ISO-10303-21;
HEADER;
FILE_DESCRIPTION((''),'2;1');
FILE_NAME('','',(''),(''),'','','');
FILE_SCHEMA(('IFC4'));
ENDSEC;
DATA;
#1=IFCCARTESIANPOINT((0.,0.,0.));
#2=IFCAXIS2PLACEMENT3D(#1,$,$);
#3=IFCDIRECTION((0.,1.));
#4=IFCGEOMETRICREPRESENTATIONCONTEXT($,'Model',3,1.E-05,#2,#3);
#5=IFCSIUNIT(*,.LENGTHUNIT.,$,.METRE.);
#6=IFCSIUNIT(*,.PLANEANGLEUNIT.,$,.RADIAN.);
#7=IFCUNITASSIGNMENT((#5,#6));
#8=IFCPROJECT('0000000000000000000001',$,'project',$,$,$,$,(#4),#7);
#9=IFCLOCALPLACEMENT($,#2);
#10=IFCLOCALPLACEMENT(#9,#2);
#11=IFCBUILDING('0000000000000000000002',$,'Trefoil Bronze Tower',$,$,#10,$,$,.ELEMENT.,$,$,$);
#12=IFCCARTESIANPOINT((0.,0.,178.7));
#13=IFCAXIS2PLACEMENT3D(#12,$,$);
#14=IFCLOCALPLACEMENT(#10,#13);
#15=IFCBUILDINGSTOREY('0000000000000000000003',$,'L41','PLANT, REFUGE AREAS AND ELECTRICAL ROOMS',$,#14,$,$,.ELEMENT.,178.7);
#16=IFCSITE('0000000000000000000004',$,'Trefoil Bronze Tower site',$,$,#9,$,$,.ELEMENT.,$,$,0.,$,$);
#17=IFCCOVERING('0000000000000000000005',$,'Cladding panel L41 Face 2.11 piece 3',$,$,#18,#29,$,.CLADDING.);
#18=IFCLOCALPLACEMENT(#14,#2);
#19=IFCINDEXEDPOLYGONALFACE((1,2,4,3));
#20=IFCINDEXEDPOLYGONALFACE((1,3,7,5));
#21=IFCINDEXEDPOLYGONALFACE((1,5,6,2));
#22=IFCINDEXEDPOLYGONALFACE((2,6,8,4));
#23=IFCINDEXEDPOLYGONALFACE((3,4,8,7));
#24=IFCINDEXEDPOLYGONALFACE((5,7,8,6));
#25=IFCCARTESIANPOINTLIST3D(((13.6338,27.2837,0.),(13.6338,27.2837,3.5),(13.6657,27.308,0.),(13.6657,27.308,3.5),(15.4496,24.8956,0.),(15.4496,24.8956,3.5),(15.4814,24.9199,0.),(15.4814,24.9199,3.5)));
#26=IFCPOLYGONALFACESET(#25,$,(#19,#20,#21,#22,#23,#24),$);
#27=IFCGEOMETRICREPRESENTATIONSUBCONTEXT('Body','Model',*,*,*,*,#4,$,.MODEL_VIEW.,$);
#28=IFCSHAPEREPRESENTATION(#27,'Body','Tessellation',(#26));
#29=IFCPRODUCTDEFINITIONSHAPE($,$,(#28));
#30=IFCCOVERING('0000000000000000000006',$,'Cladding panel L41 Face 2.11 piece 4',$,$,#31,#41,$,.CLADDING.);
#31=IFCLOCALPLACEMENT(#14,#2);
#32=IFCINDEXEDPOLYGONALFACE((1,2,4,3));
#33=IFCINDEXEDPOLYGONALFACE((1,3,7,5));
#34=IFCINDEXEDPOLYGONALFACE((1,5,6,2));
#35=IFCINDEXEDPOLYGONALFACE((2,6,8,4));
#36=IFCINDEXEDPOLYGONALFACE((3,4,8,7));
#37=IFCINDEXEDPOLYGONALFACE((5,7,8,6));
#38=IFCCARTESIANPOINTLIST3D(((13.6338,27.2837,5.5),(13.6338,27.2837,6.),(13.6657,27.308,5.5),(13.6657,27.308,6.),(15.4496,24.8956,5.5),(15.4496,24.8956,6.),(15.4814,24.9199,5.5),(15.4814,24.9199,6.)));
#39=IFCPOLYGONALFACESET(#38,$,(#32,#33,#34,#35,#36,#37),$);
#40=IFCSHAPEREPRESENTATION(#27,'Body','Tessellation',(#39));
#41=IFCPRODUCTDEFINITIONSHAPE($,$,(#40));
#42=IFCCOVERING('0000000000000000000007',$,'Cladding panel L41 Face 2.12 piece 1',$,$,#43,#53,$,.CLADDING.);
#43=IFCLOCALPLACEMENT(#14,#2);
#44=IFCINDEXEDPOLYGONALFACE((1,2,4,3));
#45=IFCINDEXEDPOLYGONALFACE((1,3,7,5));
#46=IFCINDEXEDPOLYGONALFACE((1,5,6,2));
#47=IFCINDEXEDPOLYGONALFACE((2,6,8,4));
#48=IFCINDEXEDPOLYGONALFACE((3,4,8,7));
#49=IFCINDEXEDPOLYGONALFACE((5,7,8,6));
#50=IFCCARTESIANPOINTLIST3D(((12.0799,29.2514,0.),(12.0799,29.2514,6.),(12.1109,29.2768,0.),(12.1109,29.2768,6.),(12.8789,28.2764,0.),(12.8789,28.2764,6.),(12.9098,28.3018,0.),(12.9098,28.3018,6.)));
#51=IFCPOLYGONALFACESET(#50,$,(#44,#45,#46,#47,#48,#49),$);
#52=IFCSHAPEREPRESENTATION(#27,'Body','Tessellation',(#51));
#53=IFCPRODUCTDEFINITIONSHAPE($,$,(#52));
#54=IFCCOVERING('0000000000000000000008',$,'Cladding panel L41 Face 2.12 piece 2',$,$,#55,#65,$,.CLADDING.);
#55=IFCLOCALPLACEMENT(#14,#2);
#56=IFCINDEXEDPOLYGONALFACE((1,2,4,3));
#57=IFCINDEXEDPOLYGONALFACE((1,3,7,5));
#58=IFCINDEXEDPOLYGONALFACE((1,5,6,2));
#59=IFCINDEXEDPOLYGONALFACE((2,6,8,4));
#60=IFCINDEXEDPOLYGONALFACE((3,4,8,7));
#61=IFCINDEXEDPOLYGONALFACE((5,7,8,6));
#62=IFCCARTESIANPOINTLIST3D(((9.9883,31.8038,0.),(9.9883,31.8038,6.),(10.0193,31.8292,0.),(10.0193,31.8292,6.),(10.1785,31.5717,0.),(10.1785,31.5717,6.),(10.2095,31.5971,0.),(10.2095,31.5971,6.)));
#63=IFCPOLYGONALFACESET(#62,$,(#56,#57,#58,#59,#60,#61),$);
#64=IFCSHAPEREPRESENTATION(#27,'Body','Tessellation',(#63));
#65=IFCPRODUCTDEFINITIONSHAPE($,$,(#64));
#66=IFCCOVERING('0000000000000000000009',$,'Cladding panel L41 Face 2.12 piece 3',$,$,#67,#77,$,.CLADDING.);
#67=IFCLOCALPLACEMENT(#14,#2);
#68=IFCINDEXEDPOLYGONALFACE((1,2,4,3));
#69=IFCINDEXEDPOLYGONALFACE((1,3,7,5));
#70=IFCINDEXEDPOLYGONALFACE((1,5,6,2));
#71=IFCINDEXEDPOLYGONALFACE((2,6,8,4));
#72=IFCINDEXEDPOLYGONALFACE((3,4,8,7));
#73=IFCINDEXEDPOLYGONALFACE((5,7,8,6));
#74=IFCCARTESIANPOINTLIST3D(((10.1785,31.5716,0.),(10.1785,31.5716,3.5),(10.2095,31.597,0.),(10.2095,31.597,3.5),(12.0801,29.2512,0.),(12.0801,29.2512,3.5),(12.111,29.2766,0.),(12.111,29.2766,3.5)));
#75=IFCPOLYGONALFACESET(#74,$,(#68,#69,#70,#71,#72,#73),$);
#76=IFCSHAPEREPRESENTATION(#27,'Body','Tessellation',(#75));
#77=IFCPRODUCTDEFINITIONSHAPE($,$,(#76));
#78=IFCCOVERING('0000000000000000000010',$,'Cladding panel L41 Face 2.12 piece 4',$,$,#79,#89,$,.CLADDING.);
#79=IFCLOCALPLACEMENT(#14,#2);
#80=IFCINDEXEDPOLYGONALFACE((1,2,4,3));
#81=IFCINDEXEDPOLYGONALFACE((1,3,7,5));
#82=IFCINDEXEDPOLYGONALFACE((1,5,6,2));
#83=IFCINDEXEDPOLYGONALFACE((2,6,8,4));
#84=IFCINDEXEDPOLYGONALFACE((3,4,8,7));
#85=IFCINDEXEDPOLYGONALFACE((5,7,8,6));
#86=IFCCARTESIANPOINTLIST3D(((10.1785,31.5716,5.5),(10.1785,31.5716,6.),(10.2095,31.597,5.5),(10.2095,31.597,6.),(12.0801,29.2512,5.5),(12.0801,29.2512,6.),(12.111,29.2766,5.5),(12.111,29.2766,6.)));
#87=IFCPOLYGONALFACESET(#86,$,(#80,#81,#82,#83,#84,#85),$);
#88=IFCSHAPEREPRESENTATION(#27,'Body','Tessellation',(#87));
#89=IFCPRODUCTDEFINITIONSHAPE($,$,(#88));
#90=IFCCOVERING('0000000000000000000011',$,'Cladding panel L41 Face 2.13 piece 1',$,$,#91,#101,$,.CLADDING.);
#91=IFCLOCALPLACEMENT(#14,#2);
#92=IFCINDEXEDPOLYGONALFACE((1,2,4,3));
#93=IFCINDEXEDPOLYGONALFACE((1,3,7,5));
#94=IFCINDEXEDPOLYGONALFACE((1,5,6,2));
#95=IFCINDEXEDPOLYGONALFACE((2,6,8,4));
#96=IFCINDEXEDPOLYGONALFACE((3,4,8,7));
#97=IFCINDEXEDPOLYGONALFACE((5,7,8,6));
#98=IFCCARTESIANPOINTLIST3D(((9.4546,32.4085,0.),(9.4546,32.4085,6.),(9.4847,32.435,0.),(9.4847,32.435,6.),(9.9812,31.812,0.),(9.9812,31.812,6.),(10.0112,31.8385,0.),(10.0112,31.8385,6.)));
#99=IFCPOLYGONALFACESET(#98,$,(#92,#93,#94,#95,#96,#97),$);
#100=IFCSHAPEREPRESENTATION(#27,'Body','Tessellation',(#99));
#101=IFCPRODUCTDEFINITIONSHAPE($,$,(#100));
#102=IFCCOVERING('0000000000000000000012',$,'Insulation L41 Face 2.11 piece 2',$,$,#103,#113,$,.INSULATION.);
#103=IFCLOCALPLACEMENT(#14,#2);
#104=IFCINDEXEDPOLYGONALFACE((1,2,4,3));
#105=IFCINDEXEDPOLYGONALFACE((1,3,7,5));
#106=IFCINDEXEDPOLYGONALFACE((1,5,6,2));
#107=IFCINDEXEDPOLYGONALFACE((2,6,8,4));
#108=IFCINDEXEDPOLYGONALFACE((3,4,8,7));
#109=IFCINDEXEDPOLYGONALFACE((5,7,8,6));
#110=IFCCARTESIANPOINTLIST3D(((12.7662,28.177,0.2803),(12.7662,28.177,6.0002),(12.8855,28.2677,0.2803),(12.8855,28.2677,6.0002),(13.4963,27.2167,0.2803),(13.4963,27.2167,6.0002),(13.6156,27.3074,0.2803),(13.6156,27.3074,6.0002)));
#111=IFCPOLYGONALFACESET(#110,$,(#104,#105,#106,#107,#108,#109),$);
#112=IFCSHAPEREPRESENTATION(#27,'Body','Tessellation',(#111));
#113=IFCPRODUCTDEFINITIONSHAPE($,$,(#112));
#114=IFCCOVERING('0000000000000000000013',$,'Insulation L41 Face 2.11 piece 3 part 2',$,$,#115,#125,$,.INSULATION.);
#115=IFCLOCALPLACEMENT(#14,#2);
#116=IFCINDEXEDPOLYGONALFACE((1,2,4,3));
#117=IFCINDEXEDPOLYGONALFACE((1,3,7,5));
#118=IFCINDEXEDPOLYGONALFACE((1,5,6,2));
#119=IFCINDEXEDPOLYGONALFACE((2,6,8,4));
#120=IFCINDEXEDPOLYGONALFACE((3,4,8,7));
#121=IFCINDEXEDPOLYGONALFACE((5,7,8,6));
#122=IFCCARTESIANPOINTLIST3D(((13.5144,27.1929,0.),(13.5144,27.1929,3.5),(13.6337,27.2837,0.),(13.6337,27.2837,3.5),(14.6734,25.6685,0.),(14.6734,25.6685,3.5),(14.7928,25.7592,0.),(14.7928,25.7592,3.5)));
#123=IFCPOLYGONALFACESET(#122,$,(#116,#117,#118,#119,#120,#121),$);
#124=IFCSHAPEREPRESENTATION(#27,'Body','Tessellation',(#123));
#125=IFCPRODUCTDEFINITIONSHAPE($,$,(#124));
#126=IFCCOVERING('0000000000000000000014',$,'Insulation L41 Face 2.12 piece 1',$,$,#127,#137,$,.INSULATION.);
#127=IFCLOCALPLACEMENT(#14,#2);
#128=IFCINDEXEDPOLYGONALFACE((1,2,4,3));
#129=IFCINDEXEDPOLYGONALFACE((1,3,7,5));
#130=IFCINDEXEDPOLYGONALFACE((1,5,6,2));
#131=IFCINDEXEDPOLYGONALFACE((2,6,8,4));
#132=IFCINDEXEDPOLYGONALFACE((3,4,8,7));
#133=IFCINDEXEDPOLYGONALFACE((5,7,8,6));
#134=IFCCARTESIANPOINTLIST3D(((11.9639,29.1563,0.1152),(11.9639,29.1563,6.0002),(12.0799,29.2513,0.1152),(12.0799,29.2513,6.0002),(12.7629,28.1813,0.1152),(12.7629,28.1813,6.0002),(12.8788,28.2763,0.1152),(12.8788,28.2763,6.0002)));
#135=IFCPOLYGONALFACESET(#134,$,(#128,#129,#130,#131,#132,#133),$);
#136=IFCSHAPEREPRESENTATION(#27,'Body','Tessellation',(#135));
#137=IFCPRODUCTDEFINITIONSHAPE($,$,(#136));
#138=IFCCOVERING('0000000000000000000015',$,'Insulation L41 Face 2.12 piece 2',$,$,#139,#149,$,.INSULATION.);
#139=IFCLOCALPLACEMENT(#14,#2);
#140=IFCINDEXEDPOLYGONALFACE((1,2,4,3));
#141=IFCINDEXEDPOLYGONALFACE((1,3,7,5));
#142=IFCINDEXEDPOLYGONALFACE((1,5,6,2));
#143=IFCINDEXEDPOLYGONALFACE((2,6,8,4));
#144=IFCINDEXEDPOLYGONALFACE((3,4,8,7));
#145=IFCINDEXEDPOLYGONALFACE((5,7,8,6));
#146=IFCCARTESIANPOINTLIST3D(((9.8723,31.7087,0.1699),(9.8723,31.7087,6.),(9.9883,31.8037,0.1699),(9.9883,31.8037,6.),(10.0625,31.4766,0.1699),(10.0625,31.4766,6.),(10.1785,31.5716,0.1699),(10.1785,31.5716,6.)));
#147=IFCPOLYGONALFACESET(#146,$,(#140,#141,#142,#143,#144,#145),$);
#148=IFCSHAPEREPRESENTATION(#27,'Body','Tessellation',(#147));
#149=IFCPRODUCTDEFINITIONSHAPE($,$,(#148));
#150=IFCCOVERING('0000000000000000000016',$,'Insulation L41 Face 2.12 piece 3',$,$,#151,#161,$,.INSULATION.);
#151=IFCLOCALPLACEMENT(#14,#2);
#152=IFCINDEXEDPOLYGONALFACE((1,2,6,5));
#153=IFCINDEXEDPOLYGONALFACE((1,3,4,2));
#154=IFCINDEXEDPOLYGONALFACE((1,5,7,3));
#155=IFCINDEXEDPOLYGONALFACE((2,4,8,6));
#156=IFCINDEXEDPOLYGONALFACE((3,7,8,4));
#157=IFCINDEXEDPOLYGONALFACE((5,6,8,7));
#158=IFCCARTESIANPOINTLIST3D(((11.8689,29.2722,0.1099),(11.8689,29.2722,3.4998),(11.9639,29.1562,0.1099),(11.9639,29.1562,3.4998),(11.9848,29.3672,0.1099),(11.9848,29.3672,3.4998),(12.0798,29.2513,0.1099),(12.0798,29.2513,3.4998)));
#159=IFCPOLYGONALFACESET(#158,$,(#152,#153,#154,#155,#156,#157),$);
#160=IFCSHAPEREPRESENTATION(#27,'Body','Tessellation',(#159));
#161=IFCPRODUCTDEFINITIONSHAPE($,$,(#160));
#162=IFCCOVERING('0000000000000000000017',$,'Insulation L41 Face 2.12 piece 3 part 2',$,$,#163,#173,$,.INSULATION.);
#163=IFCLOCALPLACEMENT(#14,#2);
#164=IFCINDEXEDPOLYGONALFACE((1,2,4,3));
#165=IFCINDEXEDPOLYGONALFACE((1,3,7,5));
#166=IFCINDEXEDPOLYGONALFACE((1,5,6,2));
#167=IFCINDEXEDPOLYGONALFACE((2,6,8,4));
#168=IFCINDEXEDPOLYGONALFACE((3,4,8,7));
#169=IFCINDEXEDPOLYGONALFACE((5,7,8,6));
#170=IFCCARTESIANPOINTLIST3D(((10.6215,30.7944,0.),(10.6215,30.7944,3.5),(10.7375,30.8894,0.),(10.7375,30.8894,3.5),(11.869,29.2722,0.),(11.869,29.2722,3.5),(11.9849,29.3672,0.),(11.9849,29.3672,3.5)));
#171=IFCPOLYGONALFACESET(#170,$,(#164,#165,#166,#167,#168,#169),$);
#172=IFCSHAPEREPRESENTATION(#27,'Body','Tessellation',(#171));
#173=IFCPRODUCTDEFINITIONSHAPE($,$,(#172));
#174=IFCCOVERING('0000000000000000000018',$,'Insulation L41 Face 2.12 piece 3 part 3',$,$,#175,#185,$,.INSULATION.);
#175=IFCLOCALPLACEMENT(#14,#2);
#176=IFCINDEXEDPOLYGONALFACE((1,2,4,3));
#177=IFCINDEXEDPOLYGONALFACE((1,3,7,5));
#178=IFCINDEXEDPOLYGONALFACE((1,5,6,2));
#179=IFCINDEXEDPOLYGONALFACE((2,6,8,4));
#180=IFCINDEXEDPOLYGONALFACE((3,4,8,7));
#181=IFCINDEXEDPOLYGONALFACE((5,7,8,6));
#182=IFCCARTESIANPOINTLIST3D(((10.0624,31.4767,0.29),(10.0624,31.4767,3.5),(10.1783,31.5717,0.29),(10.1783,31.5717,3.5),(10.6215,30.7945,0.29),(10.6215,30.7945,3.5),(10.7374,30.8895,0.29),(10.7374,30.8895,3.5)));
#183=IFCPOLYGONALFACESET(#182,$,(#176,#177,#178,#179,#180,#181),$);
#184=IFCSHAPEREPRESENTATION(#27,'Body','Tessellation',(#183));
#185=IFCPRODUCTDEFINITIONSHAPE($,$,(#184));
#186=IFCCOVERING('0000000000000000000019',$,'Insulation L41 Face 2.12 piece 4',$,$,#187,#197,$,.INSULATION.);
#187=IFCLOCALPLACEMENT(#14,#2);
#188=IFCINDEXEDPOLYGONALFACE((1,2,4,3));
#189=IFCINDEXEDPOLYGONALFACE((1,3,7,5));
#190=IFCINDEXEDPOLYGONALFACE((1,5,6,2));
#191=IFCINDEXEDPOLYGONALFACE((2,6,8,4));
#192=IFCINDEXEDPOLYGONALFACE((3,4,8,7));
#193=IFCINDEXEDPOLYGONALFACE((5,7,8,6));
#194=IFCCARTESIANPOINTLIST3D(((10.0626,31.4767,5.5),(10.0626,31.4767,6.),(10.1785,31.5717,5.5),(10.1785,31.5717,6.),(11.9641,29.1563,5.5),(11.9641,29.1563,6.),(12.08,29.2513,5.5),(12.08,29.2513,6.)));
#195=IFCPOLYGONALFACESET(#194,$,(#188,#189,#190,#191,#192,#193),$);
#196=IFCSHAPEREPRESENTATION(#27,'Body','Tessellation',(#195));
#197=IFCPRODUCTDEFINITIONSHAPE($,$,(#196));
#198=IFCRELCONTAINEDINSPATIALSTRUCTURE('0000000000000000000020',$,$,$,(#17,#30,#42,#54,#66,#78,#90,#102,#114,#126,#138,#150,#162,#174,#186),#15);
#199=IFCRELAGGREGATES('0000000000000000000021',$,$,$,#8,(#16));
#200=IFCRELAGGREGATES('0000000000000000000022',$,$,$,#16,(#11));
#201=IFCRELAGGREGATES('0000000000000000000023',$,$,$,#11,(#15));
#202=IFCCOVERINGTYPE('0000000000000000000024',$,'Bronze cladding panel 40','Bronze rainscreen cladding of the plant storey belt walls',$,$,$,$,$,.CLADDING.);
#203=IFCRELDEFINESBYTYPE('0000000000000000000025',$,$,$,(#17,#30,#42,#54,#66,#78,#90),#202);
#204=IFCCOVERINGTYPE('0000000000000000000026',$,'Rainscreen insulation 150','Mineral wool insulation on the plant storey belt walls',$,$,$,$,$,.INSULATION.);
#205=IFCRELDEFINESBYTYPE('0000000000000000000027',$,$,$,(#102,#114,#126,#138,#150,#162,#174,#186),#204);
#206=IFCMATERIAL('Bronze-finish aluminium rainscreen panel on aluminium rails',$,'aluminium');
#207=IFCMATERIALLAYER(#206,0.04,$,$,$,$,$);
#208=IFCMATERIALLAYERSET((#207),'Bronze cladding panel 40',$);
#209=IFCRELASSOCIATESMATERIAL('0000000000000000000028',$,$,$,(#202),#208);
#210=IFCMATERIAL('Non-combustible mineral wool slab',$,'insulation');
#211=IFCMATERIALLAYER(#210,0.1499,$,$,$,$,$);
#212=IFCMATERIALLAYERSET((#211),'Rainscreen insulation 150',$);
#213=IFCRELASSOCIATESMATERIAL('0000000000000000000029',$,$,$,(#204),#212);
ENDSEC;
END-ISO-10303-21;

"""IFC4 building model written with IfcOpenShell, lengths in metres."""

from ifc_helpers import new_model, si_unit, direction, frame, origin, origin_2d, place, context, subcontext, project, spatial, rectangle, extrude, material, layer, layer_set, type_object, element, save


model = new_model("IFC4")

# Units and contexts
model_context = context("Model", 3, precision=1e-05, world=origin(), true_north=direction((0.0, 1.0)))
body_context = subcontext(model_context, "Body", "Model", "MODEL_VIEW")
ifc_project = project(units=[si_unit("LENGTHUNIT", "METRE"), si_unit("PLANEANGLEUNIT", "RADIAN")], contexts=[model_context])

# Site, building, storey
site_placement = place(None, origin())
site = spatial("IfcSite", under=ifc_project, at=site_placement, Name="Trefoil Bronze Tower site", CompositionType="ELEMENT", RefElevation=0.0)
building_placement = place(site_placement, origin())
building = spatial("IfcBuilding", under=site, at=building_placement, Name="Trefoil Bronze Tower", CompositionType="ELEMENT")
storey_placement = place(building_placement, frame((0.0, 0.0, 178.7)))
storey = spatial("IfcBuildingStorey", under=building, at=storey_placement, Name="L41", Description="PLANT, REFUGE AREAS AND ELECTRICAL ROOMS", CompositionType="ELEMENT", Elevation=178.7)

# Coverings
ifc_material_1 = material(Name="Bronze-finish aluminium rainscreen panel on aluminium rails", Category="aluminium")
ifc_layer_1 = layer(ifc_material_1, 0.04)
ifc_layer_set_1 = layer_set([ifc_layer_1], Name="Bronze cladding panel 40")
covering_type_1 = type_object("IfcCoveringType", Name="Bronze cladding panel 40", Description="Bronze rainscreen cladding of the plant storey belt walls", PredefinedType="CLADDING", material=ifc_layer_set_1)
covering_1_placement = place(storey_placement, frame((14.5576, 26.1018, 0.0), z_axis=(0.0, 0.0, 1.0), x_axis=(-0.605252, 0.796034, 0.0)))
element("IfcCovering", 1, at=covering_1_placement, inside=storey, type_object=covering_type_1, Name="Cladding panel L41 Face 2.11 piece 3", PredefinedType="CLADDING", context=body_context, shape_type="SweptSolid", body=[
    extrude(rectangle(XDim=3.0, YDim=0.04, at=origin_2d()), origin(), (0.0, 0.0, 1.0), 3.5),
])
covering_2_placement = place(storey_placement, frame((14.5576, 26.1018, 5.5), z_axis=(0.0, 0.0, 1.0), x_axis=(-0.605252, 0.796034, 0.0)))
element("IfcCovering", 2, at=covering_2_placement, inside=storey, type_object=covering_type_1, Name="Cladding panel L41 Face 2.11 piece 4", PredefinedType="CLADDING", context=body_context, shape_type="SweptSolid", body=[
    extrude(rectangle(XDim=3.0, YDim=0.04, at=origin_2d()), origin(), (0.0, 0.0, 1.0), 0.5),
])
covering_3_placement = place(storey_placement, frame((12.4949, 28.7766, 0.0), z_axis=(0.0, 0.0, 1.0), x_axis=(-0.63384, 0.773464, 0.0)))
element("IfcCovering", 3, at=covering_3_placement, inside=storey, type_object=covering_type_1, Name="Cladding panel L41 Face 2.12 piece 1", PredefinedType="CLADDING", context=body_context, shape_type="SweptSolid", body=[
    extrude(rectangle(XDim=1.2605, YDim=0.04, at=origin_2d()), origin(), (0.0, 0.0, 1.0), 6.0),
])
covering_4_placement = place(storey_placement, frame((10.0989, 31.7004, 0.0), z_axis=(0.0, 0.0, 1.0), x_axis=(-0.63384, 0.773464, 0.0)))
element("IfcCovering", 4, at=covering_4_placement, inside=storey, type_object=covering_type_1, Name="Cladding panel L41 Face 2.12 piece 2", PredefinedType="CLADDING", context=body_context, shape_type="SweptSolid", body=[
    extrude(rectangle(XDim=0.3, YDim=0.04, at=origin_2d()), origin(), (0.0, 0.0, 1.0), 6.0),
])
covering_5_placement = place(storey_placement, frame((11.1448, 30.4241, 0.0), z_axis=(0.0, 0.0, 1.0), x_axis=(-0.63384, 0.773464, 0.0)))
element("IfcCovering", 5, at=covering_5_placement, inside=storey, type_object=covering_type_1, Name="Cladding panel L41 Face 2.12 piece 3", PredefinedType="CLADDING", context=body_context, shape_type="SweptSolid", body=[
    extrude(rectangle(XDim=3.0, YDim=0.04, at=origin_2d()), origin(), (0.0, 0.0, 1.0), 3.5),
])
covering_6_placement = place(storey_placement, frame((11.1448, 30.4241, 5.5), z_axis=(0.0, 0.0, 1.0), x_axis=(-0.63384, 0.773464, 0.0)))
element("IfcCovering", 6, at=covering_6_placement, inside=storey, type_object=covering_type_1, Name="Cladding panel L41 Face 2.12 piece 4", PredefinedType="CLADDING", context=body_context, shape_type="SweptSolid", body=[
    extrude(rectangle(XDim=3.0, YDim=0.04, at=origin_2d()), origin(), (0.0, 0.0, 1.0), 0.5),
])
covering_7_placement = place(storey_placement, frame((9.7329, 32.1235, 0.0), z_axis=(0.0, 0.0, 1.0), x_axis=(-0.661751, 0.749723, 0.0)))
element("IfcCovering", 7, at=covering_7_placement, inside=storey, type_object=covering_type_1, Name="Cladding panel L41 Face 2.13 piece 1", PredefinedType="CLADDING", context=body_context, shape_type="SweptSolid", body=[
    extrude(rectangle(XDim=0.7957, YDim=0.04, at=origin_2d()), origin(), (0.0, 0.0, 1.0), 6.0),
])
ifc_material_2 = material(Name="Non-combustible mineral wool slab", Category="insulation")
ifc_layer_2 = layer(ifc_material_2, 0.1499)
ifc_layer_set_2 = layer_set([ifc_layer_2], Name="Rainscreen insulation 150")
covering_type_2 = type_object("IfcCoveringType", Name="Rainscreen insulation 150", Description="Mineral wool insulation on the plant storey belt walls", PredefinedType="INSULATION", material=ifc_layer_set_2)
covering_8_placement = place(storey_placement, frame((13.1909, 27.7422, 0.2803), z_axis=(0.0, 0.0, 1.0), x_axis=(-0.605252, 0.796034, 0.0)))
element("IfcCovering", 8, at=covering_8_placement, inside=storey, type_object=covering_type_2, Name="Insulation L41 Face 2.11 piece 2", PredefinedType="INSULATION", context=body_context, shape_type="SweptSolid", body=[
    extrude(rectangle(XDim=1.2063, YDim=0.1499, at=origin_2d()), origin(), (0.0, 0.0, 1.0), 5.72),
])
covering_9_placement = place(storey_placement, frame((14.1536, 26.4761, 0.0), z_axis=(0.0, 0.0, 1.0), x_axis=(-0.605252, 0.796034, 0.0)))
element("IfcCovering", 9, at=covering_9_placement, inside=storey, type_object=covering_type_2, Name="Insulation L41 Face 2.11 piece 3 part 2", PredefinedType="INSULATION", context=body_context, shape_type="SweptSolid", body=[
    extrude(rectangle(XDim=1.915, YDim=0.1499, at=origin_2d()), origin(), (0.0, 0.0, 1.0), 3.5),
])
covering_10_placement = place(storey_placement, frame((12.4214, 28.7163, 0.1152), z_axis=(0.0, 0.0, 1.0), x_axis=(-0.63384, 0.773464, 0.0)))
element("IfcCovering", 10, at=covering_10_placement, inside=storey, type_object=covering_type_2, Name="Insulation L41 Face 2.12 piece 1", PredefinedType="INSULATION", context=body_context, shape_type="SweptSolid", body=[
    extrude(rectangle(XDim=1.2605, YDim=0.1499, at=origin_2d()), origin(), (0.0, 0.0, 1.0), 5.885),
])
covering_11_placement = place(storey_placement, frame((10.0254, 31.6401, 0.1699), z_axis=(0.0, 0.0, 1.0), x_axis=(-0.63384, 0.773464, 0.0)))
element("IfcCovering", 11, at=covering_11_placement, inside=storey, type_object=covering_type_2, Name="Insulation L41 Face 2.12 piece 2", PredefinedType="INSULATION", context=body_context, shape_type="SweptSolid", body=[
    extrude(rectangle(XDim=0.3, YDim=0.1499, at=origin_2d()), origin(), (0.0, 0.0, 1.0), 5.8301),
])
covering_12_placement = place(storey_placement, frame((11.9744, 29.2617, 0.1099), z_axis=(0.0, 0.0, 1.0), x_axis=(-0.63384, 0.773464, 0.0)))
element("IfcCovering", 12, at=covering_12_placement, inside=storey, type_object=covering_type_2, Name="Insulation L41 Face 2.12 piece 3", PredefinedType="INSULATION", context=body_context, shape_type="SweptSolid", body=[
    extrude(rectangle(XDim=0.1499, YDim=0.1499, at=origin_2d()), origin(), (0.0, 0.0, 1.0), 3.3899),
])
covering_13_placement = place(storey_placement, frame((11.3032, 30.0808, 0.0), z_axis=(0.0, 0.0, 1.0), x_axis=(-0.63384, 0.773464, 0.0)))
element("IfcCovering", 13, at=covering_13_placement, inside=storey, type_object=covering_type_2, Name="Insulation L41 Face 2.12 piece 3 part 2", PredefinedType="INSULATION", context=body_context, shape_type="SweptSolid", body=[
    extrude(rectangle(XDim=1.968, YDim=0.1499, at=origin_2d()), origin(), (0.0, 0.0, 1.0), 3.5),
])
covering_14_placement = place(storey_placement, frame((10.3999, 31.1831, 0.29), z_axis=(0.0, 0.0, 1.0), x_axis=(-0.63384, 0.773464, 0.0)))
element("IfcCovering", 14, at=covering_14_placement, inside=storey, type_object=covering_type_2, Name="Insulation L41 Face 2.12 piece 3 part 3", PredefinedType="INSULATION", context=body_context, shape_type="SweptSolid", body=[
    extrude(rectangle(XDim=0.8821, YDim=0.1499, at=origin_2d()), origin(), (0.0, 0.0, 1.0), 3.21),
])
covering_15_placement = place(storey_placement, frame((11.0713, 30.364, 5.5), z_axis=(0.0, 0.0, 1.0), x_axis=(-0.63384, 0.773464, 0.0)))
element("IfcCovering", 15, at=covering_15_placement, inside=storey, type_object=covering_type_2, Name="Insulation L41 Face 2.12 piece 4", PredefinedType="INSULATION", context=body_context, shape_type="SweptSolid", body=[
    extrude(rectangle(XDim=3.0, YDim=0.1499, at=origin_2d()), origin(), (0.0, 0.0, 1.0), 0.5),
])

save(model, "model.ifc")
